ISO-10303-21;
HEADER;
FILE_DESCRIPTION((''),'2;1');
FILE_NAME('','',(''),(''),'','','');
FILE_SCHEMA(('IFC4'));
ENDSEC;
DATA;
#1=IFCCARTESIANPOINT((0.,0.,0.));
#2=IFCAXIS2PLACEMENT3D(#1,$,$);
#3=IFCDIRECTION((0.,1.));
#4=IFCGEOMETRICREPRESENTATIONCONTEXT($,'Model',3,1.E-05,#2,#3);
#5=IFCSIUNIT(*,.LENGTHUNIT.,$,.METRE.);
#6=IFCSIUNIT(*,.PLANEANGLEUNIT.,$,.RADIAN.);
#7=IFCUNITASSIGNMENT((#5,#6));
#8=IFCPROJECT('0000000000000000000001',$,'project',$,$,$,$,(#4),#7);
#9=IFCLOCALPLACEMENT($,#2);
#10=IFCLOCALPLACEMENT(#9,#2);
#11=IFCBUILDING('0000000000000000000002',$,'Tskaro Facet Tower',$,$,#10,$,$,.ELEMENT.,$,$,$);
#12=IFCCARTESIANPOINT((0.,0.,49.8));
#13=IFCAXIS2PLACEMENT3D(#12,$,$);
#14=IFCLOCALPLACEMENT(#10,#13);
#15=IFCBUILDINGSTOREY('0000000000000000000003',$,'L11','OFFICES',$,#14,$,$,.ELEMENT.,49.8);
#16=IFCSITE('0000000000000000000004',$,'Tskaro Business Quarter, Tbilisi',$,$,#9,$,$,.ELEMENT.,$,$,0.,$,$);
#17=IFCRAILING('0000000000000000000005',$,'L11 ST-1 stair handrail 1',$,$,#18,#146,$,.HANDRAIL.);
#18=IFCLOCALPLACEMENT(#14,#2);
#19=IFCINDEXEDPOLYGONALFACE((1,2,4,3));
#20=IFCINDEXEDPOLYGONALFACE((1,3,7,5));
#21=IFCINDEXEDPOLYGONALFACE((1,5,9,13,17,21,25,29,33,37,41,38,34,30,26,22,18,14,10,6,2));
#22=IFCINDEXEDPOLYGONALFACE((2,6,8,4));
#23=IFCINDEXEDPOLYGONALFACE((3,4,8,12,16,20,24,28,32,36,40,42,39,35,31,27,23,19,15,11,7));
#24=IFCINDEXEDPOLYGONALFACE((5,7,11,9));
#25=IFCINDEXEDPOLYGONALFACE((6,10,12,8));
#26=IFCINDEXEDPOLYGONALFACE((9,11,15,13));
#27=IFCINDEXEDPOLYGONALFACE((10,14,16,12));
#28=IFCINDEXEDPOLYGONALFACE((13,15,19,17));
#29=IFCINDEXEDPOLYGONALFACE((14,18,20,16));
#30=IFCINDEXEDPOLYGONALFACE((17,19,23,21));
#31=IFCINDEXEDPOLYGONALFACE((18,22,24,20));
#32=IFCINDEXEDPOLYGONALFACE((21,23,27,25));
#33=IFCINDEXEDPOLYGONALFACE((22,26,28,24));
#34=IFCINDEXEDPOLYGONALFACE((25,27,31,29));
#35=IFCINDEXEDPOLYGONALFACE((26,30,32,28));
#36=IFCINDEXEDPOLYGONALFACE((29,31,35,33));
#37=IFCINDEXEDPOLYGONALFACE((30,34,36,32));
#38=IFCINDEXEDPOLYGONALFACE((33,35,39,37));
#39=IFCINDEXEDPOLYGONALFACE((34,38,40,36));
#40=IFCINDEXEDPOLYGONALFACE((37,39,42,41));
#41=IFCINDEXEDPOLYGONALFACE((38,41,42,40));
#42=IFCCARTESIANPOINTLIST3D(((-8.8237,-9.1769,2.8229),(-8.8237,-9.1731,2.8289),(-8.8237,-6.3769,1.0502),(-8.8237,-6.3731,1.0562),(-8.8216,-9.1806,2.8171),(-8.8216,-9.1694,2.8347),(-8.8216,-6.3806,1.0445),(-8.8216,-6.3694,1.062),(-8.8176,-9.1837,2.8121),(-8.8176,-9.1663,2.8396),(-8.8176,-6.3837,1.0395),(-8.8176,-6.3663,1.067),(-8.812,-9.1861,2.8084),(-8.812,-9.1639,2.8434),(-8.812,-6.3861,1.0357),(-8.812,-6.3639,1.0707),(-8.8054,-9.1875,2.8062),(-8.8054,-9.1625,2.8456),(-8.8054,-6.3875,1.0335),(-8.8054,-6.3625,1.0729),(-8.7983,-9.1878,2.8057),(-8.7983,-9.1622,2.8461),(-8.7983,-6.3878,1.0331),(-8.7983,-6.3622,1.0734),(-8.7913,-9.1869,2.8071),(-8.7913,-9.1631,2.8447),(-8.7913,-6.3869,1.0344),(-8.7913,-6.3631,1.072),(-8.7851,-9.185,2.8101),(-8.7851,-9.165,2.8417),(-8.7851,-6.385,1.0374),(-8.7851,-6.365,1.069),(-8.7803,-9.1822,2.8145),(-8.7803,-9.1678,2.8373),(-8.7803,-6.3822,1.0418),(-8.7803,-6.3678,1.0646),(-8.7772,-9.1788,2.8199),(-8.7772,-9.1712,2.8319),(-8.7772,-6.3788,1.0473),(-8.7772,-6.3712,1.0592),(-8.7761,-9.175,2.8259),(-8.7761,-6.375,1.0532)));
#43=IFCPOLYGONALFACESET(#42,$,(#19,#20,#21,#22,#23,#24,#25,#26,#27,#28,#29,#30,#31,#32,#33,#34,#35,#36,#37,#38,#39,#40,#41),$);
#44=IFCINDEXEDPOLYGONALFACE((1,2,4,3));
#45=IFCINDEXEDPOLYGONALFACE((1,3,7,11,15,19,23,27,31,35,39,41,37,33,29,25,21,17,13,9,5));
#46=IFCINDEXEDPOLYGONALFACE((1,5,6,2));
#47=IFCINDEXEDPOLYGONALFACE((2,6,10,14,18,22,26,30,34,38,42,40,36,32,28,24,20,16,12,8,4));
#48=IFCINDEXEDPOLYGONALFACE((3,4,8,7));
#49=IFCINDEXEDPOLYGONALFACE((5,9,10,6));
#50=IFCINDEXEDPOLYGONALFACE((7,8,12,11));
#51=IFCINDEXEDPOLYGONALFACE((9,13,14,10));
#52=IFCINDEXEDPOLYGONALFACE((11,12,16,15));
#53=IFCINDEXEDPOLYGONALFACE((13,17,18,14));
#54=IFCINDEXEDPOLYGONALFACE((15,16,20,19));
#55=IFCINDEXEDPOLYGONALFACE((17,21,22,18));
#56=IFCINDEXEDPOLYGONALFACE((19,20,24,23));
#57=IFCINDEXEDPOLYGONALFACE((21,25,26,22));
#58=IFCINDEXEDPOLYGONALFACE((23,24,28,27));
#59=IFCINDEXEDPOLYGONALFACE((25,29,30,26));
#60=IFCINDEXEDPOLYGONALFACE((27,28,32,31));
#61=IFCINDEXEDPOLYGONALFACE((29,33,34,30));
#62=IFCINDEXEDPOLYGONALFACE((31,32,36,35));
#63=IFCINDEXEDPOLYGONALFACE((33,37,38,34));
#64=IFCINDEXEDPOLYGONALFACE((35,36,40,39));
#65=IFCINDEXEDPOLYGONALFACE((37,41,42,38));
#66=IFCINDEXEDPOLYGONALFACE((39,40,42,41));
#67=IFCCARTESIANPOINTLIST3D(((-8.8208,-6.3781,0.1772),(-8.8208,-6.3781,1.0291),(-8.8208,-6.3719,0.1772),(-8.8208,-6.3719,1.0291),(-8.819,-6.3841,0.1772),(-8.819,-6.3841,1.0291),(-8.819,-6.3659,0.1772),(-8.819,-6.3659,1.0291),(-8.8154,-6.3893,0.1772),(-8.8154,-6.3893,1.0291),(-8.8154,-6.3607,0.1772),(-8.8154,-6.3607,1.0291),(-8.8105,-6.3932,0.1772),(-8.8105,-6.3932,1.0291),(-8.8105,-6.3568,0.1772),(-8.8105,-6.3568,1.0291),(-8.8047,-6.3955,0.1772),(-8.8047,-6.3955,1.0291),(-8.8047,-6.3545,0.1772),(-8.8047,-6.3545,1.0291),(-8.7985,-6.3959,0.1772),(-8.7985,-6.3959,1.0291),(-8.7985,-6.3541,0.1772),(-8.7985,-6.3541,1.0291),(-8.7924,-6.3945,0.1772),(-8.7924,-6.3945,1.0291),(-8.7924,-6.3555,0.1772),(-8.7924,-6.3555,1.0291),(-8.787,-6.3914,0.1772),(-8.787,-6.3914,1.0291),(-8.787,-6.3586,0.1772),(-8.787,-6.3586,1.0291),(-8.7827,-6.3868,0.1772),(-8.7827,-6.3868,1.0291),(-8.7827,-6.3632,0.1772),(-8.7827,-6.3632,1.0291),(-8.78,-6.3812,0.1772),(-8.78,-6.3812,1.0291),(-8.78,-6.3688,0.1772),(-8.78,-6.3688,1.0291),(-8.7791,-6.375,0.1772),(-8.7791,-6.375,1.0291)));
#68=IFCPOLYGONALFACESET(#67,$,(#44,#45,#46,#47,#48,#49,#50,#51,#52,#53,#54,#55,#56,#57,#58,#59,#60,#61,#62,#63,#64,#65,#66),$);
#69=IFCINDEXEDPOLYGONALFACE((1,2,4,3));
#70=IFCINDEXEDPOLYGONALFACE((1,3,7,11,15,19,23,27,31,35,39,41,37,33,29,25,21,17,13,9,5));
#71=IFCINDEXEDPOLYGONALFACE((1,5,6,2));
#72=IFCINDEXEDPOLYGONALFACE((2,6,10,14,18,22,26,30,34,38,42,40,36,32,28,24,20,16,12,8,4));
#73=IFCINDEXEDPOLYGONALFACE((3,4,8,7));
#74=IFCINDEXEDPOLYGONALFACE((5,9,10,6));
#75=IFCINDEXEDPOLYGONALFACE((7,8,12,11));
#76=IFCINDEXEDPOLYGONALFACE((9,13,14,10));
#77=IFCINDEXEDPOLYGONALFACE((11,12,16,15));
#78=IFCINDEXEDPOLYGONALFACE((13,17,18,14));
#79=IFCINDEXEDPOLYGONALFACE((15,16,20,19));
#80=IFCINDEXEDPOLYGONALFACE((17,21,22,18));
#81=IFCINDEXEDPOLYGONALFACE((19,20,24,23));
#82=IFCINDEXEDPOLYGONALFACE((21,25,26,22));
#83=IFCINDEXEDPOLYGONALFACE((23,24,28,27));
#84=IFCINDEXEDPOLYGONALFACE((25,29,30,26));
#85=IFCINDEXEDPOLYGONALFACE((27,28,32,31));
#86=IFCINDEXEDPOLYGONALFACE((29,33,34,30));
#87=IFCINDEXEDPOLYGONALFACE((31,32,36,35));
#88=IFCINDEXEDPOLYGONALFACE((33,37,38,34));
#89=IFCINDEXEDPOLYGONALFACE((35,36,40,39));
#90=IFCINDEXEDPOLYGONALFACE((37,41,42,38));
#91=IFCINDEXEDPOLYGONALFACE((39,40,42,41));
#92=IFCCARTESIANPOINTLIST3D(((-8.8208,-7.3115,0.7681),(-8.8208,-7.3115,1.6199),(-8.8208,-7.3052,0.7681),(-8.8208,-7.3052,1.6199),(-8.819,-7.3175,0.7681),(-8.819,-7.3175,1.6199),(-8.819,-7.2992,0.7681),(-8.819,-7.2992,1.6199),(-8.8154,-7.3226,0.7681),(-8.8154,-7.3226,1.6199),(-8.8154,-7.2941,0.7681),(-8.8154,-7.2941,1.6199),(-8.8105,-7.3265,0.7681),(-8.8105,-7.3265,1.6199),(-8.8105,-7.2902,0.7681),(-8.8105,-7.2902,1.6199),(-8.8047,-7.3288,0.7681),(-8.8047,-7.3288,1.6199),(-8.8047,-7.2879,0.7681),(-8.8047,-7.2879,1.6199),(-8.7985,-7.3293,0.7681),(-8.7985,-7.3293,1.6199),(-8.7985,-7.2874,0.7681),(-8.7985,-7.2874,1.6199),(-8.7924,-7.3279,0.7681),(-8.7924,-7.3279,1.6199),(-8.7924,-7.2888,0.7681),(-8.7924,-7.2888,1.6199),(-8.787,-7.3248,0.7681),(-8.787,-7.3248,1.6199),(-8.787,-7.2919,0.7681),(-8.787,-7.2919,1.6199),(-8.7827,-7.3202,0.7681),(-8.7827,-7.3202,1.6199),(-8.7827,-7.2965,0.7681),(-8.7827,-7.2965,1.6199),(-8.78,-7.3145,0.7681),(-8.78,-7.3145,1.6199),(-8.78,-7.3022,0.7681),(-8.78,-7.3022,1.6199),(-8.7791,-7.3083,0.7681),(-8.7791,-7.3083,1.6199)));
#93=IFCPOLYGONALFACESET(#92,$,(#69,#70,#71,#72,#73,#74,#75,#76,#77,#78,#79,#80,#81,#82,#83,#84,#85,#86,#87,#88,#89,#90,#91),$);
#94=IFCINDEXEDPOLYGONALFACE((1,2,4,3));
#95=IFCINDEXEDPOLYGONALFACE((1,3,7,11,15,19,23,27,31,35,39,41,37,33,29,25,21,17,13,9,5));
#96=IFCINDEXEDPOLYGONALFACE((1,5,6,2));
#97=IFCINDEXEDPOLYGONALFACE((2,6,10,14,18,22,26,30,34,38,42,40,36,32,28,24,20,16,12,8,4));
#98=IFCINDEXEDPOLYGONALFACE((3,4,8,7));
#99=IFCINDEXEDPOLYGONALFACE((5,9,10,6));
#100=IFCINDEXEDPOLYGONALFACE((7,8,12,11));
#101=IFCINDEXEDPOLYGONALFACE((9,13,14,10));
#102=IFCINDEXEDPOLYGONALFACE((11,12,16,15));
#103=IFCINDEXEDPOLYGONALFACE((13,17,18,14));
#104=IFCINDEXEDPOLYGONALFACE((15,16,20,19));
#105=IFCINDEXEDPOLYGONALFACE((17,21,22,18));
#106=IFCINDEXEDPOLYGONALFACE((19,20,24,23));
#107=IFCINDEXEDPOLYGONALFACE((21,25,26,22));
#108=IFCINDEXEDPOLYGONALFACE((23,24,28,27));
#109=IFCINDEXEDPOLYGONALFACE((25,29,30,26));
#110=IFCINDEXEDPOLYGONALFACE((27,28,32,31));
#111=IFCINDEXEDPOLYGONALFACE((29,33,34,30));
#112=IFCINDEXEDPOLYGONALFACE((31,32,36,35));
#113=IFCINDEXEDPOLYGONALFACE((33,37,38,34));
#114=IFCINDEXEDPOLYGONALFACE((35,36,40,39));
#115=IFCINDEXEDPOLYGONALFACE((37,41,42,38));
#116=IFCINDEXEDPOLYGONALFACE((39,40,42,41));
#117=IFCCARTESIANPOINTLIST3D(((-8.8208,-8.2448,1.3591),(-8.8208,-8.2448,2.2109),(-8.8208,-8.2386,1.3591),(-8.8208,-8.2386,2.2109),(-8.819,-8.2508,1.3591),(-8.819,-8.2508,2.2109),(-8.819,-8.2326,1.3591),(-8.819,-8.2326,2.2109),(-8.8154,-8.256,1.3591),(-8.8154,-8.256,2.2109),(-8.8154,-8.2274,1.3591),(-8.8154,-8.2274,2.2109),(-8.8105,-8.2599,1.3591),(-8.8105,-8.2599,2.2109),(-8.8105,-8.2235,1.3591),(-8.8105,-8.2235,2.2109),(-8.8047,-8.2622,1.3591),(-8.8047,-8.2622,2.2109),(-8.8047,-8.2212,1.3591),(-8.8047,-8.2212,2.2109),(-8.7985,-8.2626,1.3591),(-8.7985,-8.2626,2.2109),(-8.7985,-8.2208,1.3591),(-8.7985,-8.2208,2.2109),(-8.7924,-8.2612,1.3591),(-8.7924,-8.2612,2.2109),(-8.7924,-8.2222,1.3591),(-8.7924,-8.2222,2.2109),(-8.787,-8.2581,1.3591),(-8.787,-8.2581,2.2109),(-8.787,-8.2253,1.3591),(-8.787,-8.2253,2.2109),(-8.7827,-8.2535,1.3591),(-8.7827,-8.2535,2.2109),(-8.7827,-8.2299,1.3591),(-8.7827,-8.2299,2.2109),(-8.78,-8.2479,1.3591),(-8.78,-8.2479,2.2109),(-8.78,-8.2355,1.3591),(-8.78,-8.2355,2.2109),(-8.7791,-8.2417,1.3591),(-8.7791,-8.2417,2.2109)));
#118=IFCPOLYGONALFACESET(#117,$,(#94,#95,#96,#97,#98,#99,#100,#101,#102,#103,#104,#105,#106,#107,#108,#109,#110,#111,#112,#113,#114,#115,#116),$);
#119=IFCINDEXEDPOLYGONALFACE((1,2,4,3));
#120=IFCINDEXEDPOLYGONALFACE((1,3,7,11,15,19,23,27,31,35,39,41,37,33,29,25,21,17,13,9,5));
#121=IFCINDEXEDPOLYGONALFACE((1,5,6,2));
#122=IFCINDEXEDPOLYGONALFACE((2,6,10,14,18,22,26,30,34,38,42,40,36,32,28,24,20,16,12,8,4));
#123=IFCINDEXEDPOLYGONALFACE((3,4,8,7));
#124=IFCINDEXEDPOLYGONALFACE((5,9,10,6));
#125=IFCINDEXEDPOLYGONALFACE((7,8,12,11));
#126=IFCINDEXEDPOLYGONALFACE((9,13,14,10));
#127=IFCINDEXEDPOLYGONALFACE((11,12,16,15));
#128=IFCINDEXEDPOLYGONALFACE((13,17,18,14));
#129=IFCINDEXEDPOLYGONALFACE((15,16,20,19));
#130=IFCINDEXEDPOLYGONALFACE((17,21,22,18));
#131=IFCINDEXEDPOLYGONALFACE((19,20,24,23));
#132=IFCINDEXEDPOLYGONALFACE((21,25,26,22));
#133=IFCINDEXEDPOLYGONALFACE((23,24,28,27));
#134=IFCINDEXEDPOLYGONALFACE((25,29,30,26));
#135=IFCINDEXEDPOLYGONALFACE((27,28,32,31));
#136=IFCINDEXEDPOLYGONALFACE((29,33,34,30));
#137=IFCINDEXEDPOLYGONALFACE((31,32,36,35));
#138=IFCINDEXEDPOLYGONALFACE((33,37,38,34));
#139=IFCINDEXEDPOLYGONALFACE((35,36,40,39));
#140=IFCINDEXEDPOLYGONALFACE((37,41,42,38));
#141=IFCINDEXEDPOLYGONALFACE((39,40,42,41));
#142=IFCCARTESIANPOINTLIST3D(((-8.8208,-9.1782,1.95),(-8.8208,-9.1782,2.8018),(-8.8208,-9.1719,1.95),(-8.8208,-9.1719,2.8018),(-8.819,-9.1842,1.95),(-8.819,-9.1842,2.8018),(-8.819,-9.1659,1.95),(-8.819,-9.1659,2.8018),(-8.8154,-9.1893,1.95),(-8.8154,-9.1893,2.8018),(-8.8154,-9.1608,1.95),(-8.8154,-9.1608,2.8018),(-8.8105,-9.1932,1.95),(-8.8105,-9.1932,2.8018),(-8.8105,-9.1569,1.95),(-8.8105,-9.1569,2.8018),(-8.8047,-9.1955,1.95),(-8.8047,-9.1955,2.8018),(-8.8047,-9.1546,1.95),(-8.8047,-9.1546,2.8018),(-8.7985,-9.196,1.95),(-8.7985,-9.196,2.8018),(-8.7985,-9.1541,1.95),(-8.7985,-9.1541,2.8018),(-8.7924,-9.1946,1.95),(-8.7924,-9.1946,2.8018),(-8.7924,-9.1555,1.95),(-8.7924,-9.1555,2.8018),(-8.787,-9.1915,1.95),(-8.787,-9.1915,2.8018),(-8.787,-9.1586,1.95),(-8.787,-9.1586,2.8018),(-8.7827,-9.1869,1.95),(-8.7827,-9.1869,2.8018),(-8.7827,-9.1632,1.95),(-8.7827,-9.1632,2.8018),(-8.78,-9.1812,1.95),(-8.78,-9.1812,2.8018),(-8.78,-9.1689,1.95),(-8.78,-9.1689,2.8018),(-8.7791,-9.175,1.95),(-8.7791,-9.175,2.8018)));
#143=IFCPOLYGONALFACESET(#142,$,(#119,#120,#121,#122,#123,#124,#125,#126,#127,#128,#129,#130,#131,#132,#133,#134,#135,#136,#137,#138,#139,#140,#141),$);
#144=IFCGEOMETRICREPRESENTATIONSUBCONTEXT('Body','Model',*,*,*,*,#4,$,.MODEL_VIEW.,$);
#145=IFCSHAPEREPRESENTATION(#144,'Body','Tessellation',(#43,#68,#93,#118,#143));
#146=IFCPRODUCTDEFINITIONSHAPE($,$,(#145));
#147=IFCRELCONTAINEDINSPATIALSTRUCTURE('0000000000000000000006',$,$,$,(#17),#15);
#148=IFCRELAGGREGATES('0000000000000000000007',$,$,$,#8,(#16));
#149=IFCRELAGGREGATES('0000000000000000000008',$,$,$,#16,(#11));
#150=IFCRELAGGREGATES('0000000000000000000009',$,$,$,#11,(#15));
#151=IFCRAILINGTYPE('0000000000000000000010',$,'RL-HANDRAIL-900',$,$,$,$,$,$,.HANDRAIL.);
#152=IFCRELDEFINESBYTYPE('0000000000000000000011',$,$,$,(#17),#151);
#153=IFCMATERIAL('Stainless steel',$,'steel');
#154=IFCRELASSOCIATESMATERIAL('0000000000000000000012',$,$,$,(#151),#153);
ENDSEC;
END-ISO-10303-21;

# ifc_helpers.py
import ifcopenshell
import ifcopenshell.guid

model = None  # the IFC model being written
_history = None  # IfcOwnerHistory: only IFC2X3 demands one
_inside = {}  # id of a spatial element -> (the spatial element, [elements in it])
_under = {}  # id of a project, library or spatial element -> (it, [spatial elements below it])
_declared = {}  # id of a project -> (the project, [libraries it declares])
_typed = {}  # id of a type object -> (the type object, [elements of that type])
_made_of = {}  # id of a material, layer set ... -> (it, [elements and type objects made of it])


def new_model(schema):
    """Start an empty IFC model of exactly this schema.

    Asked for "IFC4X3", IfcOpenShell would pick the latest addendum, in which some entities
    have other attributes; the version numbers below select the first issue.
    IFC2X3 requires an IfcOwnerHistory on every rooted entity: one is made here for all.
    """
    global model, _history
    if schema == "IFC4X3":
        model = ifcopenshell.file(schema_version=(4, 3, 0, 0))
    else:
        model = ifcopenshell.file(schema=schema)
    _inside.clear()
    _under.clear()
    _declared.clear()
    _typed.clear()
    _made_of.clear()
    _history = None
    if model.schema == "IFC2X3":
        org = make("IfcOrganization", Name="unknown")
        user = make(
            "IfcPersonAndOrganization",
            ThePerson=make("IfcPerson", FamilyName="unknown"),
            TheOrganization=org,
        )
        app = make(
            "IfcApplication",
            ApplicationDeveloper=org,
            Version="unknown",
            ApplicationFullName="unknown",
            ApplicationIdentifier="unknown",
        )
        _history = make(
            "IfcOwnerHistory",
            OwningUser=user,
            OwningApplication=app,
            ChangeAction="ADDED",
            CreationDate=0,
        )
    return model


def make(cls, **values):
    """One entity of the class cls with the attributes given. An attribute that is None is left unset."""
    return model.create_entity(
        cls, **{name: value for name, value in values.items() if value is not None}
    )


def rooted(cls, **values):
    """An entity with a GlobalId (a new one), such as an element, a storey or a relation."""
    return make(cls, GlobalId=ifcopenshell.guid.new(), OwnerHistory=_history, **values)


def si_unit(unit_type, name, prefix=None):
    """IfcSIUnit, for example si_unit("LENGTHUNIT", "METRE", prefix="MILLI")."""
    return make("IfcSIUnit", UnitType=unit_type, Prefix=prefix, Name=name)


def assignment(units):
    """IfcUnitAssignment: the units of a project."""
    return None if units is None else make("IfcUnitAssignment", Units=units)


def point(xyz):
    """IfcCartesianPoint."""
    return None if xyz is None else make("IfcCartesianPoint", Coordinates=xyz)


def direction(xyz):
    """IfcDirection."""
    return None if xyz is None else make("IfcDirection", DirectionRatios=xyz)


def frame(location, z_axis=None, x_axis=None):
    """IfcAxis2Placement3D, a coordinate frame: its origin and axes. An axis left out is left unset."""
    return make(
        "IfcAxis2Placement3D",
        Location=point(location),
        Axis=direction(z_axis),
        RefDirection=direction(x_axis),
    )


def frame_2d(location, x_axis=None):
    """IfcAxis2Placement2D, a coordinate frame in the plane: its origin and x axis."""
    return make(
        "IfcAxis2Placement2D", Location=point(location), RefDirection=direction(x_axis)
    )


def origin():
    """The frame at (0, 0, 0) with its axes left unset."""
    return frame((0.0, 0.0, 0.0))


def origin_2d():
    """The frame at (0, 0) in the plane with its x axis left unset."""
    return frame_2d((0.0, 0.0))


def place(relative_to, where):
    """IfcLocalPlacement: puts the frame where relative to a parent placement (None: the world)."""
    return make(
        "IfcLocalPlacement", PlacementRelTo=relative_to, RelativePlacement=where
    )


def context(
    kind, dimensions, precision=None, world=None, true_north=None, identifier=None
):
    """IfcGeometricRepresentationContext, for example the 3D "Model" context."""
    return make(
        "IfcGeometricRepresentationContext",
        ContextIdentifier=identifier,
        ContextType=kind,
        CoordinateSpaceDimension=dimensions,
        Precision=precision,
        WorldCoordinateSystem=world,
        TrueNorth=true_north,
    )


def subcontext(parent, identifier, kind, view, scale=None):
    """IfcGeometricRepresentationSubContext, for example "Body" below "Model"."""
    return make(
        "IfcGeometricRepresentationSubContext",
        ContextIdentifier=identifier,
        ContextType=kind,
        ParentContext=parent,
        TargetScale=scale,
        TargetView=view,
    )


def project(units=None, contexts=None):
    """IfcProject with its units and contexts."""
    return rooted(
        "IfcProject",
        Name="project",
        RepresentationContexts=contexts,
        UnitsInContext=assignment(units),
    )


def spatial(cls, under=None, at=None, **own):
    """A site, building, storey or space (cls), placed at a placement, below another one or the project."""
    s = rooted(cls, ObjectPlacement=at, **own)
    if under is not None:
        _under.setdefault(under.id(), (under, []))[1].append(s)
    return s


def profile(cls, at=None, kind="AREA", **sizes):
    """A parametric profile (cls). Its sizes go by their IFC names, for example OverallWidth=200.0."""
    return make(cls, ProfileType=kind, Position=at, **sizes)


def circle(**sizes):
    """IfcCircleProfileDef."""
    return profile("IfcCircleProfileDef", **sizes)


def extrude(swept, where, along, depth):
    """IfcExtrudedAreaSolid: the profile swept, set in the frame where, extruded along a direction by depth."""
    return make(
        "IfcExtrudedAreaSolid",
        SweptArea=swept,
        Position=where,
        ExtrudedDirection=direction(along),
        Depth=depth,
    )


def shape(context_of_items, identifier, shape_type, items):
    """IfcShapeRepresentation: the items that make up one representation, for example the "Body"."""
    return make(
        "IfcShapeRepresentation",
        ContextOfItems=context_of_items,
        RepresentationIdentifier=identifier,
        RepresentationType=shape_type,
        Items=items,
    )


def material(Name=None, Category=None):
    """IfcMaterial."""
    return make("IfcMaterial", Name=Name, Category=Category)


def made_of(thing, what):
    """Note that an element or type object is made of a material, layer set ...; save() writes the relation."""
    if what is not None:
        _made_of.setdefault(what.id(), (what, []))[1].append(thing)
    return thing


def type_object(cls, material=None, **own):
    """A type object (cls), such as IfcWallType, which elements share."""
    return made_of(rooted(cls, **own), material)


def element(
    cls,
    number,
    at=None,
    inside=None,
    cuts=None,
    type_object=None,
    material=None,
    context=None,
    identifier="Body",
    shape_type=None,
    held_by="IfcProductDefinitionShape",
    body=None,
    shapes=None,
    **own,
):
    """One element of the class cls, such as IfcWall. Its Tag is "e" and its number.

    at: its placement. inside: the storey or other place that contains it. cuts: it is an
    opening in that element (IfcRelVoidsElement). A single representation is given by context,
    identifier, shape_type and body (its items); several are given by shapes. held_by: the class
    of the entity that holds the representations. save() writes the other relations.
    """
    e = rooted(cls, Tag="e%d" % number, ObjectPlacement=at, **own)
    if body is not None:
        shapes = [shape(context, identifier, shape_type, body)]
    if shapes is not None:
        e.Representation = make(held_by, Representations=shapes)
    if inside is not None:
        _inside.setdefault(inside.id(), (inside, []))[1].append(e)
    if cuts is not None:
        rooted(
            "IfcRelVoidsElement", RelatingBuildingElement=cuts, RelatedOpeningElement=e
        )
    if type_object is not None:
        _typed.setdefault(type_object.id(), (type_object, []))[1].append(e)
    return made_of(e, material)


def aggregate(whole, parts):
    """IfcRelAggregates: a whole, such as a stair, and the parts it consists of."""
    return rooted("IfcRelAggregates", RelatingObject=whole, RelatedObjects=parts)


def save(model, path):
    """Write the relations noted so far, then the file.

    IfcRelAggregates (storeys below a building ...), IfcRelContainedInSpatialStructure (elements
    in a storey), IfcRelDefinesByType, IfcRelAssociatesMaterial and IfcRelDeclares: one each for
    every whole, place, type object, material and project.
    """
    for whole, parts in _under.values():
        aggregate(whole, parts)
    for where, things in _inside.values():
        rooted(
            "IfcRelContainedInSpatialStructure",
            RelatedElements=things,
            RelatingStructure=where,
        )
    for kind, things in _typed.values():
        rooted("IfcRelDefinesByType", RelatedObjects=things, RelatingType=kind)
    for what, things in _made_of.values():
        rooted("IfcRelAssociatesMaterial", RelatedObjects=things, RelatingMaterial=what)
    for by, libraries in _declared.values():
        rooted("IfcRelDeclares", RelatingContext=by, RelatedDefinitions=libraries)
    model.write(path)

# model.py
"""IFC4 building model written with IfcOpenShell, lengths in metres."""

from ifc_helpers import new_model, si_unit, direction, frame, origin, origin_2d, place, context, subcontext, project, spatial, circle, extrude, material, type_object, element, save


model = new_model("IFC4")

# Units and contexts
model_context = context("Model", 3, precision=1e-05, world=origin(), true_north=direction((0.0, 1.0)))
body_context = subcontext(model_context, "Body", "Model", "MODEL_VIEW")
ifc_project = project(units=[si_unit("LENGTHUNIT", "METRE"), si_unit("PLANEANGLEUNIT", "RADIAN")], contexts=[model_context])

# Site, building, storey
site_placement = place(None, origin())
site = spatial("IfcSite", under=ifc_project, at=site_placement, Name="Tskaro Business Quarter, Tbilisi", CompositionType="ELEMENT", RefElevation=0.0)
building_placement = place(site_placement, origin())
building = spatial("IfcBuilding", under=site, at=building_placement, Name="Tskaro Facet Tower", CompositionType="ELEMENT")
storey_placement = place(building_placement, frame((0.0, 0.0, 49.8)))
storey = spatial("IfcBuildingStorey", under=building, at=storey_placement, Name="L11", Description="OFFICES", CompositionType="ELEMENT", Elevation=49.8)

# Railing
ifc_material_1 = material(Name="Stainless steel", Category="steel")
railing_type = type_object("IfcRailingType", Name="RL-HANDRAIL-900", PredefinedType="HANDRAIL", material=ifc_material_1)
railing_placement = place(storey_placement, frame((-8.8, -6.375, 0.1772)))
element("IfcRailing", 1, at=railing_placement, inside=storey, type_object=railing_type, Name="L11 ST-1 stair handrail 1", PredefinedType="HANDRAIL", context=body_context, shape_type="SweptSolid", body=[
    extrude(circle(Radius=0.0239, at=origin_2d()), frame((0.0, 0.0, 0.876), z_axis=(0.0, -0.844909, 0.53491), x_axis=(1.0, 0.0, 0.0)), (0.0, 0.0, 1.0), 3.314),
    extrude(circle(Radius=0.021, at=origin_2d()), origin(), (0.0, 0.0, 1.0), 0.8518),
    extrude(circle(Radius=0.021, at=origin_2d()), frame((0.0, -0.9333, 0.5908)), (0.0, 0.0, 1.0), 0.8518),
    extrude(circle(Radius=0.021, at=origin_2d()), frame((0.0, -1.8667, 1.1819)), (0.0, 0.0, 1.0), 0.8518),
    extrude(circle(Radius=0.021, at=origin_2d()), frame((0.0, -2.8, 1.7727)), (0.0, 0.0, 1.0), 0.8518),
])

save(model, "model.ifc")
